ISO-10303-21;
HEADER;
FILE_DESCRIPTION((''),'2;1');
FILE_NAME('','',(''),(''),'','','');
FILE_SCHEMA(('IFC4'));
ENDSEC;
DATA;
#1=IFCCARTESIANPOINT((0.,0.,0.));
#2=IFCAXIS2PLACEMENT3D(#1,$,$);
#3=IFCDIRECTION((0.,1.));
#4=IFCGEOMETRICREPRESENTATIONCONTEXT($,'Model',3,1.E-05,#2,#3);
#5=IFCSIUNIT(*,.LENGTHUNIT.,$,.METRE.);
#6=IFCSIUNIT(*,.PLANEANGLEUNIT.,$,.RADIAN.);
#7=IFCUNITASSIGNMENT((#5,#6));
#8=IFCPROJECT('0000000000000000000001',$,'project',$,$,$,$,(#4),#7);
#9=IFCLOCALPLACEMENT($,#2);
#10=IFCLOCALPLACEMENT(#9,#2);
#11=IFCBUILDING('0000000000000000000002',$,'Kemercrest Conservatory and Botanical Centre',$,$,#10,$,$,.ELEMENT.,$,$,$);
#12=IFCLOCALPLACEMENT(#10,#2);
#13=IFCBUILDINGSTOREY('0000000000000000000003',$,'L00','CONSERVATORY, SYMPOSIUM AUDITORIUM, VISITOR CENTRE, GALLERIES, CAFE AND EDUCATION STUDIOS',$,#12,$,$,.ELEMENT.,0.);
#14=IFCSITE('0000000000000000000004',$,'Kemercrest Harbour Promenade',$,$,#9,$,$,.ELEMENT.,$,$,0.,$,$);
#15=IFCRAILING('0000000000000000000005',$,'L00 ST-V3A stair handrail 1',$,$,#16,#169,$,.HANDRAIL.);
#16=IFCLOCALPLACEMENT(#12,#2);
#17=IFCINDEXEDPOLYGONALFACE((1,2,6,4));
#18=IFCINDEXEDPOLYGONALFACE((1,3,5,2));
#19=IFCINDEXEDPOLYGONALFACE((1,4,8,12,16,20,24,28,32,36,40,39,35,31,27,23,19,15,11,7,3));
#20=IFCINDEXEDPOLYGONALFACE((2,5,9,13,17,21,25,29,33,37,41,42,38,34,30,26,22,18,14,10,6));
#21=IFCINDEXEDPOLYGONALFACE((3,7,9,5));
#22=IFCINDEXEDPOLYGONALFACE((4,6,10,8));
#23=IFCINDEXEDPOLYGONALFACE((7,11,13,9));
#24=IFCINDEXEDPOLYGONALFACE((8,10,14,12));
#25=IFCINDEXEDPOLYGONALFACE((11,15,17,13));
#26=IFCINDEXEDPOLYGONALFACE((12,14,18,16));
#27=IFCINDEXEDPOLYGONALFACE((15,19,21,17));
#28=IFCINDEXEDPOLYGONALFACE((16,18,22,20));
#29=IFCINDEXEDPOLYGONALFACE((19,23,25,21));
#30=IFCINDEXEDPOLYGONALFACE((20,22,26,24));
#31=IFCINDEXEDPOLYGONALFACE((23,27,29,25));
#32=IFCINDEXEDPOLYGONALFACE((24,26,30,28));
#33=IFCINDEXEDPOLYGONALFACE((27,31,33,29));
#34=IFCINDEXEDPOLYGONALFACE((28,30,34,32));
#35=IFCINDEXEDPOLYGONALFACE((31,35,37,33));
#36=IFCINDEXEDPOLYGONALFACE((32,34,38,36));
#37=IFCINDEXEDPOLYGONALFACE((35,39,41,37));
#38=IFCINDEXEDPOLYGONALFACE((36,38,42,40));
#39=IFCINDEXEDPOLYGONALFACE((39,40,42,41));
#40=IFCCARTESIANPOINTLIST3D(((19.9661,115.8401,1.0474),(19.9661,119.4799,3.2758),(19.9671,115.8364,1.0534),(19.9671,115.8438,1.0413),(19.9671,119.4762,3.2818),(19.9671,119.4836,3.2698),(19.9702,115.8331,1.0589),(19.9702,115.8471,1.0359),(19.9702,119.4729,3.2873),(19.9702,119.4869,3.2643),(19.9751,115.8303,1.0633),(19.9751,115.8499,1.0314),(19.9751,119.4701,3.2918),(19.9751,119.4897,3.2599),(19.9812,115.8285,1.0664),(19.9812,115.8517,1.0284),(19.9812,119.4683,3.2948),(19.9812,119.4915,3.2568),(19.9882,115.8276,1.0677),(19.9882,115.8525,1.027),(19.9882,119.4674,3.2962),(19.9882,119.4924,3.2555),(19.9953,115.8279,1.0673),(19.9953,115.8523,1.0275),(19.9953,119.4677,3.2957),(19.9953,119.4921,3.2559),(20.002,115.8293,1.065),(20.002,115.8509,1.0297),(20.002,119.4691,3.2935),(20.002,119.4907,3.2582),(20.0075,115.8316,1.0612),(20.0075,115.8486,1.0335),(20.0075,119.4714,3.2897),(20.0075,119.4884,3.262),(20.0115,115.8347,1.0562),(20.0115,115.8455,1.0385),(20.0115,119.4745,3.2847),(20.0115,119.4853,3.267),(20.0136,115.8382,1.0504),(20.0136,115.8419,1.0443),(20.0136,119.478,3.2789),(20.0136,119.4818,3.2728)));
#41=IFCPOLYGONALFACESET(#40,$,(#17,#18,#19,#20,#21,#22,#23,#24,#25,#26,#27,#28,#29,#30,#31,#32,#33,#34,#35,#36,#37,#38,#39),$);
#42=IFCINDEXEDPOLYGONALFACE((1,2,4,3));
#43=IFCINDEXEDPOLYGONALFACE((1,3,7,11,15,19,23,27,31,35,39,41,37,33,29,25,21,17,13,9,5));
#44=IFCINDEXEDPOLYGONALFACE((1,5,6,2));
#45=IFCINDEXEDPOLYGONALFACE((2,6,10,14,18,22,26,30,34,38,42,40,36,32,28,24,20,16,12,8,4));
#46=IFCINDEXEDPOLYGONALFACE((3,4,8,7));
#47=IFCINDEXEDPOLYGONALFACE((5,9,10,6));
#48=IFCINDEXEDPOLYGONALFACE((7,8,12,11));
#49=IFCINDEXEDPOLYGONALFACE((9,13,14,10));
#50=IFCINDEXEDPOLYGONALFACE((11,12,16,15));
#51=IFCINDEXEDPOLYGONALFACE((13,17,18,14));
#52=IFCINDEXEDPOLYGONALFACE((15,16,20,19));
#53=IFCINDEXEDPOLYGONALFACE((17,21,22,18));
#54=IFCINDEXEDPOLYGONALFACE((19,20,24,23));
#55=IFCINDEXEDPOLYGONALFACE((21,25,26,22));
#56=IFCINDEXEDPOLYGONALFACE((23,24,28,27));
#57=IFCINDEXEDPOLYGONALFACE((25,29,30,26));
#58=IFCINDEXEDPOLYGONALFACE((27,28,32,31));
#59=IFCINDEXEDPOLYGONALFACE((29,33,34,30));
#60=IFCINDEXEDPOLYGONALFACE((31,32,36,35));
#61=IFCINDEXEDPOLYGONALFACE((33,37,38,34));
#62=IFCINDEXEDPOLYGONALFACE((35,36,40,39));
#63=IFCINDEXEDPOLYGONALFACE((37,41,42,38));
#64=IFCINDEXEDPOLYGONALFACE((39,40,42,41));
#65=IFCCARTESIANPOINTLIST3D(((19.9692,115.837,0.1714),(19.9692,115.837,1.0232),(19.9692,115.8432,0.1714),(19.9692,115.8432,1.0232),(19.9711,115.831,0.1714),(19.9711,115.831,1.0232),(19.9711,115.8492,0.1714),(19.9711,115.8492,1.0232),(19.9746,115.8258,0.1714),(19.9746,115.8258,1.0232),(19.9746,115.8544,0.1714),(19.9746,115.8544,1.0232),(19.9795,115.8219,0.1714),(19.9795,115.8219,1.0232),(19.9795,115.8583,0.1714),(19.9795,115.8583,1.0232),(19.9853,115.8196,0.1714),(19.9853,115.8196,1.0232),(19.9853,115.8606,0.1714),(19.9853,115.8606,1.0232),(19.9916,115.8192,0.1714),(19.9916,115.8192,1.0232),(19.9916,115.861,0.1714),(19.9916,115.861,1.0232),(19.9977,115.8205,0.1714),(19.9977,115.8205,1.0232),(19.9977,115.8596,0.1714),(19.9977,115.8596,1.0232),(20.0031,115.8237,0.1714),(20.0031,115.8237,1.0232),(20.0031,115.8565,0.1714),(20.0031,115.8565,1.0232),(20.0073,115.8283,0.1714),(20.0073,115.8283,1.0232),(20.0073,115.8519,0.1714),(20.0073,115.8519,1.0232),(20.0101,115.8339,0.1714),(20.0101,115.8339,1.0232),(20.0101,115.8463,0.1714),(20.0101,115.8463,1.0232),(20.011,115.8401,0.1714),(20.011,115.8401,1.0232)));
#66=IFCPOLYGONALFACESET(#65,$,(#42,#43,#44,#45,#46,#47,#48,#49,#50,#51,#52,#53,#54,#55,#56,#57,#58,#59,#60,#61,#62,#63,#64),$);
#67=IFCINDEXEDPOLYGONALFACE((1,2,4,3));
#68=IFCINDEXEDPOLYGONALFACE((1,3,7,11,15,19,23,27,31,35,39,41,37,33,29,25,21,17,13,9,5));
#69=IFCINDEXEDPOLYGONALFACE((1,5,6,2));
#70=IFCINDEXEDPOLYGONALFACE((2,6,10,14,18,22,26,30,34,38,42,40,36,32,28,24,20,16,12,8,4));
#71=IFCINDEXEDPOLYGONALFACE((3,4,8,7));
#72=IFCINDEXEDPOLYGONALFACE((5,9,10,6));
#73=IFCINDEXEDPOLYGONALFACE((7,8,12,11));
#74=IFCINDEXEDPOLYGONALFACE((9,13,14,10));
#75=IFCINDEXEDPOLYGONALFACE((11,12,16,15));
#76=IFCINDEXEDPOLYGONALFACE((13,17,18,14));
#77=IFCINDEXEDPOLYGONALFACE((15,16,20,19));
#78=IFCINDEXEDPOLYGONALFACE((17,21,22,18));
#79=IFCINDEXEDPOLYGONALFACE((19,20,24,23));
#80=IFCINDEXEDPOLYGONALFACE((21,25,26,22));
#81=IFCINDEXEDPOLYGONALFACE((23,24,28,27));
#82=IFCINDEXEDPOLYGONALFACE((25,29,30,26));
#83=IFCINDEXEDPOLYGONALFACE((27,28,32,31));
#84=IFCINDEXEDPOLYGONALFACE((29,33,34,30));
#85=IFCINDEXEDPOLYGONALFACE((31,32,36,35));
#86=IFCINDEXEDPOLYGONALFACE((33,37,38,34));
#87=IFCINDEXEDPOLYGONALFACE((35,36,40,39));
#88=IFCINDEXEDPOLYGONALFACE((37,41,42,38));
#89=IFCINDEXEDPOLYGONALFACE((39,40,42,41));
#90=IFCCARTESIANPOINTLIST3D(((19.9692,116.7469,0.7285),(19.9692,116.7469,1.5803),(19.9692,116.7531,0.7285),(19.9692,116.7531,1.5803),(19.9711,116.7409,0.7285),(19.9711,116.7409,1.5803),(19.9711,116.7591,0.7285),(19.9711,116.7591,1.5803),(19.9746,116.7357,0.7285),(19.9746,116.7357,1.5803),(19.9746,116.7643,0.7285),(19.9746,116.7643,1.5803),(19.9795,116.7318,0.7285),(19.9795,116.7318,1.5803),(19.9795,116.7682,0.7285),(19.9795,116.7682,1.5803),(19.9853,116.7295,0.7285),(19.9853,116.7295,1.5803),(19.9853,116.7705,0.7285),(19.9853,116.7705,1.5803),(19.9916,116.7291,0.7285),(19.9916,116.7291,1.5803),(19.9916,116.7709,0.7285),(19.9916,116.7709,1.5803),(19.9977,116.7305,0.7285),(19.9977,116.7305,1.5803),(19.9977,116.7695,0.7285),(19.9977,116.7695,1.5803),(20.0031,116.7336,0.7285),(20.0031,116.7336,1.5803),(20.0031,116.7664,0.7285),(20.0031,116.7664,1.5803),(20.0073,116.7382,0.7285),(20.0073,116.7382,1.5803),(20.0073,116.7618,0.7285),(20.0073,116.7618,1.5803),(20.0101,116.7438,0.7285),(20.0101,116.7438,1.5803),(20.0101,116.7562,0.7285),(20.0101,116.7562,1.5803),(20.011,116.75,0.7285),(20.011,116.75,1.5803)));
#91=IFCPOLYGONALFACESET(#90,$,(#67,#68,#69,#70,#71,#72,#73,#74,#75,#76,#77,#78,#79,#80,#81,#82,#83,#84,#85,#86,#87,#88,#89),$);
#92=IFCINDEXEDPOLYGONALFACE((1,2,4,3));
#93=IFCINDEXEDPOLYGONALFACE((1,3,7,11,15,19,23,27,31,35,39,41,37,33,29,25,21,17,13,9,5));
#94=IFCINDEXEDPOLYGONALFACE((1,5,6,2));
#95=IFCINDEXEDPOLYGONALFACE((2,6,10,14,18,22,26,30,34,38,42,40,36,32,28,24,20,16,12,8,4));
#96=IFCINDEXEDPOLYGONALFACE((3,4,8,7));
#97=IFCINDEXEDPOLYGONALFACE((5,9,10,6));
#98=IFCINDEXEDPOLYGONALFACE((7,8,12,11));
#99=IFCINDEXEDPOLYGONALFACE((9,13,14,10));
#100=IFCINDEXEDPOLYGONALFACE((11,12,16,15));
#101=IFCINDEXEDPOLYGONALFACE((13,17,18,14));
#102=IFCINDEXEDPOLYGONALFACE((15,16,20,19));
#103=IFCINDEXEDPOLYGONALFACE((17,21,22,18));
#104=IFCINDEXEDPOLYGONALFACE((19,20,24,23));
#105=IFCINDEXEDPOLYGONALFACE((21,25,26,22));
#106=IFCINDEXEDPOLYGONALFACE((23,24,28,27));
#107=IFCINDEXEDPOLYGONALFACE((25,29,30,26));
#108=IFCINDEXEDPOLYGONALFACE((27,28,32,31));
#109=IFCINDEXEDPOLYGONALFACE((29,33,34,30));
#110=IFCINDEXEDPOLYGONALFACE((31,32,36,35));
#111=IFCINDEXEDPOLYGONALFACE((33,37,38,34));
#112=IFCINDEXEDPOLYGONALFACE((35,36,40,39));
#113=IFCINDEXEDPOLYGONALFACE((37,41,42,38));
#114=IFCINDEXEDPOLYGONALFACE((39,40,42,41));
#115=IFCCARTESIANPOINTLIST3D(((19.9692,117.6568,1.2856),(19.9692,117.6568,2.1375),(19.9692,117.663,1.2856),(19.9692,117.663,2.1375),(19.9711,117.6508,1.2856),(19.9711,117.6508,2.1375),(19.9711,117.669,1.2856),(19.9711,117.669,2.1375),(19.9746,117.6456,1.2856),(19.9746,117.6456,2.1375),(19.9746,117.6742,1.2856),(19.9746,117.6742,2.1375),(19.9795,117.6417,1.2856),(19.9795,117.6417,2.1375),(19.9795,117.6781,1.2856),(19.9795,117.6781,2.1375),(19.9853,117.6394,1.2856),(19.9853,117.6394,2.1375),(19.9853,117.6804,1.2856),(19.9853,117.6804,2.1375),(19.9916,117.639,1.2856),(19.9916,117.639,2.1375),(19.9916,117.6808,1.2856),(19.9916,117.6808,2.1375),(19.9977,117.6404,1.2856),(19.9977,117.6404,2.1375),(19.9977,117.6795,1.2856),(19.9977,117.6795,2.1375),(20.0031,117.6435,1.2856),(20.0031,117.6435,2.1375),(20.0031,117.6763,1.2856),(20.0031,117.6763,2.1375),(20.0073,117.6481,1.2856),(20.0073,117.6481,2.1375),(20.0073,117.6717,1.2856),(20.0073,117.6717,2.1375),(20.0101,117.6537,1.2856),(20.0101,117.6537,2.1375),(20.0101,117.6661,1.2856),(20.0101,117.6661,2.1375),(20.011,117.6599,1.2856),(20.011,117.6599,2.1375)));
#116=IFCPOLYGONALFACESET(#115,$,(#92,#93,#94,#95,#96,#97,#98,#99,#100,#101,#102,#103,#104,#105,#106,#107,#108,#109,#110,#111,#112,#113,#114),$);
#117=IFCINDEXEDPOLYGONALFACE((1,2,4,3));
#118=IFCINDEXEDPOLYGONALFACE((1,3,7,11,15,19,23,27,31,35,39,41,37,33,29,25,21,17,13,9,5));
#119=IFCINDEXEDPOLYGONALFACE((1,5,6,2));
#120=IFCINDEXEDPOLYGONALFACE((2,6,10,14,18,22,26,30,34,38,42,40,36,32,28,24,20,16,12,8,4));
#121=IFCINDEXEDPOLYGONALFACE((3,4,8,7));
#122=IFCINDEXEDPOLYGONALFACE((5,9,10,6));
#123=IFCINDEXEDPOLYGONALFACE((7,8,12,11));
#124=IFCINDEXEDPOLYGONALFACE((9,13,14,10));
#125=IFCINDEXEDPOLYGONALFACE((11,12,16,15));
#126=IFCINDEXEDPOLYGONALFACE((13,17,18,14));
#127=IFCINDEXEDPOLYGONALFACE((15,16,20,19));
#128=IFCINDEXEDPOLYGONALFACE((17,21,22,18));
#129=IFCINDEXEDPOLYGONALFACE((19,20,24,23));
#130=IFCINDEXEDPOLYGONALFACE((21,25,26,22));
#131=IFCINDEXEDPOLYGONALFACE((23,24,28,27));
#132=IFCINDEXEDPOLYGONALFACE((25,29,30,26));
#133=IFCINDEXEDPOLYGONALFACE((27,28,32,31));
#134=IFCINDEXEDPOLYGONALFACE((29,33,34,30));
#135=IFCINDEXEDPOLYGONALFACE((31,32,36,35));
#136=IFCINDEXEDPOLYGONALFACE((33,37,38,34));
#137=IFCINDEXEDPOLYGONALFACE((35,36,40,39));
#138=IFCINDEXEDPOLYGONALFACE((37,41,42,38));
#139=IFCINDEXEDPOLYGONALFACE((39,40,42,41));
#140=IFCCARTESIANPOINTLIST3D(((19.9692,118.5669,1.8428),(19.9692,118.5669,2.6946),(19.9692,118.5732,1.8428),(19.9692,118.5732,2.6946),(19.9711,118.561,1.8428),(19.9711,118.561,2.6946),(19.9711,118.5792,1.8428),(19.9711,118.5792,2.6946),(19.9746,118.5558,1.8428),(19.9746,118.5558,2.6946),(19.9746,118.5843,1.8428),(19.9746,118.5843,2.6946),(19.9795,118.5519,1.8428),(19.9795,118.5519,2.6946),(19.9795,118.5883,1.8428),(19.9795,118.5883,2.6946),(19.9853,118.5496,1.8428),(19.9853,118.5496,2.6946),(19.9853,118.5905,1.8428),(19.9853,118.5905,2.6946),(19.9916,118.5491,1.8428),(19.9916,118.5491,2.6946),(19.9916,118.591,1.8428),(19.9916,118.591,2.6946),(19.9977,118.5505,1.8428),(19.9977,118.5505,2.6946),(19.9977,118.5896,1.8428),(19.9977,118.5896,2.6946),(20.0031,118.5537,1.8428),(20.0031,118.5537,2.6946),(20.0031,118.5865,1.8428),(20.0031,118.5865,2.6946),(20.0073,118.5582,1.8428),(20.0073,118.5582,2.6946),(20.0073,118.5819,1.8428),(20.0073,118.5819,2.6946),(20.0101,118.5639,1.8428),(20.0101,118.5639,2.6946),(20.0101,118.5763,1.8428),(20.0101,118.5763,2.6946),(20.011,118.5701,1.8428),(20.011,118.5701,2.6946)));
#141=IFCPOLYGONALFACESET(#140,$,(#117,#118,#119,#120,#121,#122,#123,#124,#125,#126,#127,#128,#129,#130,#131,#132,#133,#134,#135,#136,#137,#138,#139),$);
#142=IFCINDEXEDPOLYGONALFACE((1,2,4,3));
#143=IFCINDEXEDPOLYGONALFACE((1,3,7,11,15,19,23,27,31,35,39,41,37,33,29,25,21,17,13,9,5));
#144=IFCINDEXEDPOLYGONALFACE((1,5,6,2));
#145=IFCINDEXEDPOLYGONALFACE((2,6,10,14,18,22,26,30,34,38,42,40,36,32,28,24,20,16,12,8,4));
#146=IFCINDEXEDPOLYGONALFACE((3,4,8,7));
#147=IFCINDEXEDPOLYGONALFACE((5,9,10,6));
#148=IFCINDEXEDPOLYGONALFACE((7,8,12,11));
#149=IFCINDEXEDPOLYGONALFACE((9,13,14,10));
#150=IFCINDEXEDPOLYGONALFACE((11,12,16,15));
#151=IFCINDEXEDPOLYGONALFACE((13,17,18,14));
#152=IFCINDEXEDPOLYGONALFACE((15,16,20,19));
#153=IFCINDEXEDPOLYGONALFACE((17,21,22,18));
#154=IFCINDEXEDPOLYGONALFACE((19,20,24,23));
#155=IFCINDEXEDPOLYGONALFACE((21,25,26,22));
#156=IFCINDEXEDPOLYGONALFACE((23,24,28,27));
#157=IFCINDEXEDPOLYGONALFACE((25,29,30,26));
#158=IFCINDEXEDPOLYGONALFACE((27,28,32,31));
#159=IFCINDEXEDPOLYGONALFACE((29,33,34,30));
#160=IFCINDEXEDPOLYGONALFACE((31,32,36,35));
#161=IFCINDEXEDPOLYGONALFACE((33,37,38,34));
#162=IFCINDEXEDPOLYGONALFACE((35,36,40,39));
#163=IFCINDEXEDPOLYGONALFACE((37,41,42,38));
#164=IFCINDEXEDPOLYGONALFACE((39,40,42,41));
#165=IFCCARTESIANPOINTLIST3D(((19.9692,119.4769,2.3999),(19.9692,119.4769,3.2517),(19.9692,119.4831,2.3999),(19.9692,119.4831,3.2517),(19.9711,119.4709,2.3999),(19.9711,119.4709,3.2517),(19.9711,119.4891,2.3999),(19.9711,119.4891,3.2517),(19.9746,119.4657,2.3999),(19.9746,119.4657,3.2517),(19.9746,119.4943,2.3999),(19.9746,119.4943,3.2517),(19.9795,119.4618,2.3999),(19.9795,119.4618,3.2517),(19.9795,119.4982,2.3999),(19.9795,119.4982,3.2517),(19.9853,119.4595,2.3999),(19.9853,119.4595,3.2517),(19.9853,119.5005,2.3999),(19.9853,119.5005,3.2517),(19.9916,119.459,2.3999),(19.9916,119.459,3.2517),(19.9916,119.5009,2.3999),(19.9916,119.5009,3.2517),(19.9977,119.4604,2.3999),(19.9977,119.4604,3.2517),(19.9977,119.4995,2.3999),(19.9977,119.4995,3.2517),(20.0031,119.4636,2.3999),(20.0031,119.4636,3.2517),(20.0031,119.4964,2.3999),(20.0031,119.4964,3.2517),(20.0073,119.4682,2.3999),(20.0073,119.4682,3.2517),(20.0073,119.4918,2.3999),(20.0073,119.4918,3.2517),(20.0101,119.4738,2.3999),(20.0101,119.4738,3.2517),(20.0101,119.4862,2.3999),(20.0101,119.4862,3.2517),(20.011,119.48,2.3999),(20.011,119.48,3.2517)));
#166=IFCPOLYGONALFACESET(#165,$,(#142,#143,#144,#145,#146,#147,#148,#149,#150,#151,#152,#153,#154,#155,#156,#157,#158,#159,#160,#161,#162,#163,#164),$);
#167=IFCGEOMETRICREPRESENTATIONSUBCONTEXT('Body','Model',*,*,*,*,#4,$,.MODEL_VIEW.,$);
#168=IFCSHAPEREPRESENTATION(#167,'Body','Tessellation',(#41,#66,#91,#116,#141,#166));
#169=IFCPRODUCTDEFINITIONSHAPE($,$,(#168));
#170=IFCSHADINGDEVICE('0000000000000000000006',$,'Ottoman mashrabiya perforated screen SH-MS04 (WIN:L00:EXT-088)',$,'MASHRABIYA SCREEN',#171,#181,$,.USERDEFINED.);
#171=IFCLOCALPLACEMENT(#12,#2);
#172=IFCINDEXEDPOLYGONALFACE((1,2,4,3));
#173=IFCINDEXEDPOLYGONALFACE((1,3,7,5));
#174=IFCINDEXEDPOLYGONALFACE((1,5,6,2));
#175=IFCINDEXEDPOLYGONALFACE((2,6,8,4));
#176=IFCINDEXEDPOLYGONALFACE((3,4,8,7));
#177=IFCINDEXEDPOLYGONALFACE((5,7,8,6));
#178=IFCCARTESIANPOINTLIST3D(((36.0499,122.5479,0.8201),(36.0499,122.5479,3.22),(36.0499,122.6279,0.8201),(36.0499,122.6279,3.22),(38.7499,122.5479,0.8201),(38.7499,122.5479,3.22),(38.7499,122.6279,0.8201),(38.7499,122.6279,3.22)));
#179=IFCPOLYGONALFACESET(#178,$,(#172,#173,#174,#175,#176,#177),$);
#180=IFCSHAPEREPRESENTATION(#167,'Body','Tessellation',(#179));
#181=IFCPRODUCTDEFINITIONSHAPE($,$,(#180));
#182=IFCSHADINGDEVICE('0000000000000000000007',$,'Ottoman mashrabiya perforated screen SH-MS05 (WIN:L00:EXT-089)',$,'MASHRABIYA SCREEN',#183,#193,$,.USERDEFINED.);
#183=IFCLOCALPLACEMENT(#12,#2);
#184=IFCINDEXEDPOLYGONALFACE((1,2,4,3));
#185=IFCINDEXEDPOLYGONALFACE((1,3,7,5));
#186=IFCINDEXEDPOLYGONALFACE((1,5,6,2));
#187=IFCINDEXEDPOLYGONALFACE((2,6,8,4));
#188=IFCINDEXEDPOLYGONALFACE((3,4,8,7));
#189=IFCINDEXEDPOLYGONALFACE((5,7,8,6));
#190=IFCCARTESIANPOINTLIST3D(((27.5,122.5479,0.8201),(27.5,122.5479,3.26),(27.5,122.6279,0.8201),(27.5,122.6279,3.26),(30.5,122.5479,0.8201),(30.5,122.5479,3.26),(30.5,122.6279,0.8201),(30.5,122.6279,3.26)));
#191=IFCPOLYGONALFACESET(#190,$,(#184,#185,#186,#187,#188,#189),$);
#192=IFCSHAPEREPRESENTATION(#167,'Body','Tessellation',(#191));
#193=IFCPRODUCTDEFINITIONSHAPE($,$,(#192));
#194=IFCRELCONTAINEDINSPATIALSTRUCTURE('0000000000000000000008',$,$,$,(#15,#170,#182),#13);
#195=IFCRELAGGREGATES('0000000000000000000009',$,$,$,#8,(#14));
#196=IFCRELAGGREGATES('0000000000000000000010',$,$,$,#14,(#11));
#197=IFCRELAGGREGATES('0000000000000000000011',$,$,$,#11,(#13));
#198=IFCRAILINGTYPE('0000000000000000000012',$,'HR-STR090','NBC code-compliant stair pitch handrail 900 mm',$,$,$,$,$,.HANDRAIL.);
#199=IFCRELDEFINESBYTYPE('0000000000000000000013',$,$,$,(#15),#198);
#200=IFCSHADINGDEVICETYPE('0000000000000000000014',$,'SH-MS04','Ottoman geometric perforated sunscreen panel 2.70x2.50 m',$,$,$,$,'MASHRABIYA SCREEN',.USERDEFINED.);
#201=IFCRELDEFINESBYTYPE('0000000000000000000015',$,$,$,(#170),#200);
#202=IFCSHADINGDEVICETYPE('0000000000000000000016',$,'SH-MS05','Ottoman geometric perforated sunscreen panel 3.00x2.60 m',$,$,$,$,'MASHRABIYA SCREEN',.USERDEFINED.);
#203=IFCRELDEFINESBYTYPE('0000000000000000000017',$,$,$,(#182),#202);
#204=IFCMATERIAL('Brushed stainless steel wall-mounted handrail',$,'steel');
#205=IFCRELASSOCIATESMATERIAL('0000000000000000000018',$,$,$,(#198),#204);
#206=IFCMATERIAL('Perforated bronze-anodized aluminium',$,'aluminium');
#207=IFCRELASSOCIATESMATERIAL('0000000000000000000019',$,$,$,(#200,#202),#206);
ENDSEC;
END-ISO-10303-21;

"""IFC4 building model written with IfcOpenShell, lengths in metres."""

from ifc_helpers import new_model, si_unit, direction, frame, origin, origin_2d, place, context, subcontext, project, spatial, rectangle, circle, extrude, material, type_object, element, save


model = new_model("IFC4")

# Units and contexts
model_context = context("Model", 3, precision=1e-05, world=origin(), true_north=direction((0.0, 1.0)))
body_context = subcontext(model_context, "Body", "Model", "MODEL_VIEW")
ifc_project = project(units=[si_unit("LENGTHUNIT", "METRE"), si_unit("PLANEANGLEUNIT", "RADIAN")], contexts=[model_context])

# Site, building, storey
site_placement = place(None, origin())
site = spatial("IfcSite", under=ifc_project, at=site_placement, Name="Kemercrest Harbour Promenade", CompositionType="ELEMENT", RefElevation=0.0)
building_placement = place(site_placement, origin())
building = spatial("IfcBuilding", under=site, at=building_placement, Name="Kemercrest Conservatory and Botanical Centre", CompositionType="ELEMENT")
storey_placement = place(building_placement, origin())
storey = spatial("IfcBuildingStorey", under=building, at=storey_placement, Name="L00", Description="CONSERVATORY, SYMPOSIUM AUDITORIUM, VISITOR CENTRE, GALLERIES, CAFE AND EDUCATION STUDIOS", CompositionType="ELEMENT", Elevation=0.0)

# Railing
ifc_material_1 = material(Name="Brushed stainless steel wall-mounted handrail", Category="steel")
railing_type = type_object("IfcRailingType", Name="HR-STR090", Description="NBC code-compliant stair pitch handrail 900 mm", PredefinedType="HANDRAIL", material=ifc_material_1)
railing_placement = place(storey_placement, frame((19.99, 115.8401, 0.1714)))
element("IfcRailing", 1, at=railing_placement, inside=storey, type_object=railing_type, Name="L00 ST-V3A stair handrail 1", PredefinedType="HANDRAIL", context=body_context, shape_type="SweptSolid", body=[
    extrude(circle(Radius=0.0239, at=origin_2d()), frame((0.0, 0.0, 0.876), z_axis=(0.0, 0.85285, 0.522156), x_axis=(-1.0, 0.0, 0.0)), (0.0, 0.0, 1.0), 4.2678),
    extrude(circle(Radius=0.021, at=origin_2d()), origin(), (0.0, 0.0, 1.0), 0.8518),
    extrude(circle(Radius=0.021, at=origin_2d()), frame((0.0, 0.9099, 0.5571)), (0.0, 0.0, 1.0), 0.8518),
    extrude(circle(Radius=0.021, at=origin_2d()), frame((0.0, 1.8198, 1.1143)), (0.0, 0.0, 1.0), 0.8518),
    extrude(circle(Radius=0.021, at=origin_2d()), frame((0.0, 2.73, 1.6714)), (0.0, 0.0, 1.0), 0.8518),
    extrude(circle(Radius=0.021, at=origin_2d()), frame((0.0, 3.6399, 2.2285)), (0.0, 0.0, 1.0), 0.8518),
])

# Shading devices
ifc_material_2 = material(Name="Perforated bronze-anodized aluminium", Category="aluminium")
shading_device_type_1 = type_object("IfcShadingDeviceType", Name="SH-MS04", Description="Ottoman geometric perforated sunscreen panel 2.70x2.50 m", ElementType="MASHRABIYA SCREEN", PredefinedType="USERDEFINED", material=ifc_material_2)
shading_device_1_placement = place(storey_placement, frame((37.3999, 122.5879, 0.8201), z_axis=(0.0, 0.0, 1.0), x_axis=(-1.0, 0.0, 0.0)))
element("IfcShadingDevice", 2, at=shading_device_1_placement, inside=storey, type_object=shading_device_type_1, Name="Ottoman mashrabiya perforated screen SH-MS04 (WIN:L00:EXT-088)", ObjectType="MASHRABIYA SCREEN", PredefinedType="USERDEFINED", context=body_context, shape_type="SweptSolid", body=[
    extrude(rectangle(XDim=2.7, YDim=0.0801, at=origin_2d()), origin(), (0.0, 0.0, 1.0), 2.3999),
])
shading_device_type_2 = type_object("IfcShadingDeviceType", Name="SH-MS05", Description="Ottoman geometric perforated sunscreen panel 3.00x2.60 m", ElementType="MASHRABIYA SCREEN", PredefinedType="USERDEFINED", material=ifc_material_2)
shading_device_2_placement = place(storey_placement, frame((29.0, 122.5879, 0.8201), z_axis=(0.0, 0.0, 1.0), x_axis=(-1.0, 0.0, 0.0)))
element("IfcShadingDevice", 3, at=shading_device_2_placement, inside=storey, type_object=shading_device_type_2, Name="Ottoman mashrabiya perforated screen SH-MS05 (WIN:L00:EXT-089)", ObjectType="MASHRABIYA SCREEN", PredefinedType="USERDEFINED", context=body_context, shape_type="SweptSolid", body=[
    extrude(rectangle(XDim=3.0, YDim=0.0801, at=origin_2d()), origin(), (0.0, 0.0, 1.0), 2.4399),
])

save(model, "model.ifc")
